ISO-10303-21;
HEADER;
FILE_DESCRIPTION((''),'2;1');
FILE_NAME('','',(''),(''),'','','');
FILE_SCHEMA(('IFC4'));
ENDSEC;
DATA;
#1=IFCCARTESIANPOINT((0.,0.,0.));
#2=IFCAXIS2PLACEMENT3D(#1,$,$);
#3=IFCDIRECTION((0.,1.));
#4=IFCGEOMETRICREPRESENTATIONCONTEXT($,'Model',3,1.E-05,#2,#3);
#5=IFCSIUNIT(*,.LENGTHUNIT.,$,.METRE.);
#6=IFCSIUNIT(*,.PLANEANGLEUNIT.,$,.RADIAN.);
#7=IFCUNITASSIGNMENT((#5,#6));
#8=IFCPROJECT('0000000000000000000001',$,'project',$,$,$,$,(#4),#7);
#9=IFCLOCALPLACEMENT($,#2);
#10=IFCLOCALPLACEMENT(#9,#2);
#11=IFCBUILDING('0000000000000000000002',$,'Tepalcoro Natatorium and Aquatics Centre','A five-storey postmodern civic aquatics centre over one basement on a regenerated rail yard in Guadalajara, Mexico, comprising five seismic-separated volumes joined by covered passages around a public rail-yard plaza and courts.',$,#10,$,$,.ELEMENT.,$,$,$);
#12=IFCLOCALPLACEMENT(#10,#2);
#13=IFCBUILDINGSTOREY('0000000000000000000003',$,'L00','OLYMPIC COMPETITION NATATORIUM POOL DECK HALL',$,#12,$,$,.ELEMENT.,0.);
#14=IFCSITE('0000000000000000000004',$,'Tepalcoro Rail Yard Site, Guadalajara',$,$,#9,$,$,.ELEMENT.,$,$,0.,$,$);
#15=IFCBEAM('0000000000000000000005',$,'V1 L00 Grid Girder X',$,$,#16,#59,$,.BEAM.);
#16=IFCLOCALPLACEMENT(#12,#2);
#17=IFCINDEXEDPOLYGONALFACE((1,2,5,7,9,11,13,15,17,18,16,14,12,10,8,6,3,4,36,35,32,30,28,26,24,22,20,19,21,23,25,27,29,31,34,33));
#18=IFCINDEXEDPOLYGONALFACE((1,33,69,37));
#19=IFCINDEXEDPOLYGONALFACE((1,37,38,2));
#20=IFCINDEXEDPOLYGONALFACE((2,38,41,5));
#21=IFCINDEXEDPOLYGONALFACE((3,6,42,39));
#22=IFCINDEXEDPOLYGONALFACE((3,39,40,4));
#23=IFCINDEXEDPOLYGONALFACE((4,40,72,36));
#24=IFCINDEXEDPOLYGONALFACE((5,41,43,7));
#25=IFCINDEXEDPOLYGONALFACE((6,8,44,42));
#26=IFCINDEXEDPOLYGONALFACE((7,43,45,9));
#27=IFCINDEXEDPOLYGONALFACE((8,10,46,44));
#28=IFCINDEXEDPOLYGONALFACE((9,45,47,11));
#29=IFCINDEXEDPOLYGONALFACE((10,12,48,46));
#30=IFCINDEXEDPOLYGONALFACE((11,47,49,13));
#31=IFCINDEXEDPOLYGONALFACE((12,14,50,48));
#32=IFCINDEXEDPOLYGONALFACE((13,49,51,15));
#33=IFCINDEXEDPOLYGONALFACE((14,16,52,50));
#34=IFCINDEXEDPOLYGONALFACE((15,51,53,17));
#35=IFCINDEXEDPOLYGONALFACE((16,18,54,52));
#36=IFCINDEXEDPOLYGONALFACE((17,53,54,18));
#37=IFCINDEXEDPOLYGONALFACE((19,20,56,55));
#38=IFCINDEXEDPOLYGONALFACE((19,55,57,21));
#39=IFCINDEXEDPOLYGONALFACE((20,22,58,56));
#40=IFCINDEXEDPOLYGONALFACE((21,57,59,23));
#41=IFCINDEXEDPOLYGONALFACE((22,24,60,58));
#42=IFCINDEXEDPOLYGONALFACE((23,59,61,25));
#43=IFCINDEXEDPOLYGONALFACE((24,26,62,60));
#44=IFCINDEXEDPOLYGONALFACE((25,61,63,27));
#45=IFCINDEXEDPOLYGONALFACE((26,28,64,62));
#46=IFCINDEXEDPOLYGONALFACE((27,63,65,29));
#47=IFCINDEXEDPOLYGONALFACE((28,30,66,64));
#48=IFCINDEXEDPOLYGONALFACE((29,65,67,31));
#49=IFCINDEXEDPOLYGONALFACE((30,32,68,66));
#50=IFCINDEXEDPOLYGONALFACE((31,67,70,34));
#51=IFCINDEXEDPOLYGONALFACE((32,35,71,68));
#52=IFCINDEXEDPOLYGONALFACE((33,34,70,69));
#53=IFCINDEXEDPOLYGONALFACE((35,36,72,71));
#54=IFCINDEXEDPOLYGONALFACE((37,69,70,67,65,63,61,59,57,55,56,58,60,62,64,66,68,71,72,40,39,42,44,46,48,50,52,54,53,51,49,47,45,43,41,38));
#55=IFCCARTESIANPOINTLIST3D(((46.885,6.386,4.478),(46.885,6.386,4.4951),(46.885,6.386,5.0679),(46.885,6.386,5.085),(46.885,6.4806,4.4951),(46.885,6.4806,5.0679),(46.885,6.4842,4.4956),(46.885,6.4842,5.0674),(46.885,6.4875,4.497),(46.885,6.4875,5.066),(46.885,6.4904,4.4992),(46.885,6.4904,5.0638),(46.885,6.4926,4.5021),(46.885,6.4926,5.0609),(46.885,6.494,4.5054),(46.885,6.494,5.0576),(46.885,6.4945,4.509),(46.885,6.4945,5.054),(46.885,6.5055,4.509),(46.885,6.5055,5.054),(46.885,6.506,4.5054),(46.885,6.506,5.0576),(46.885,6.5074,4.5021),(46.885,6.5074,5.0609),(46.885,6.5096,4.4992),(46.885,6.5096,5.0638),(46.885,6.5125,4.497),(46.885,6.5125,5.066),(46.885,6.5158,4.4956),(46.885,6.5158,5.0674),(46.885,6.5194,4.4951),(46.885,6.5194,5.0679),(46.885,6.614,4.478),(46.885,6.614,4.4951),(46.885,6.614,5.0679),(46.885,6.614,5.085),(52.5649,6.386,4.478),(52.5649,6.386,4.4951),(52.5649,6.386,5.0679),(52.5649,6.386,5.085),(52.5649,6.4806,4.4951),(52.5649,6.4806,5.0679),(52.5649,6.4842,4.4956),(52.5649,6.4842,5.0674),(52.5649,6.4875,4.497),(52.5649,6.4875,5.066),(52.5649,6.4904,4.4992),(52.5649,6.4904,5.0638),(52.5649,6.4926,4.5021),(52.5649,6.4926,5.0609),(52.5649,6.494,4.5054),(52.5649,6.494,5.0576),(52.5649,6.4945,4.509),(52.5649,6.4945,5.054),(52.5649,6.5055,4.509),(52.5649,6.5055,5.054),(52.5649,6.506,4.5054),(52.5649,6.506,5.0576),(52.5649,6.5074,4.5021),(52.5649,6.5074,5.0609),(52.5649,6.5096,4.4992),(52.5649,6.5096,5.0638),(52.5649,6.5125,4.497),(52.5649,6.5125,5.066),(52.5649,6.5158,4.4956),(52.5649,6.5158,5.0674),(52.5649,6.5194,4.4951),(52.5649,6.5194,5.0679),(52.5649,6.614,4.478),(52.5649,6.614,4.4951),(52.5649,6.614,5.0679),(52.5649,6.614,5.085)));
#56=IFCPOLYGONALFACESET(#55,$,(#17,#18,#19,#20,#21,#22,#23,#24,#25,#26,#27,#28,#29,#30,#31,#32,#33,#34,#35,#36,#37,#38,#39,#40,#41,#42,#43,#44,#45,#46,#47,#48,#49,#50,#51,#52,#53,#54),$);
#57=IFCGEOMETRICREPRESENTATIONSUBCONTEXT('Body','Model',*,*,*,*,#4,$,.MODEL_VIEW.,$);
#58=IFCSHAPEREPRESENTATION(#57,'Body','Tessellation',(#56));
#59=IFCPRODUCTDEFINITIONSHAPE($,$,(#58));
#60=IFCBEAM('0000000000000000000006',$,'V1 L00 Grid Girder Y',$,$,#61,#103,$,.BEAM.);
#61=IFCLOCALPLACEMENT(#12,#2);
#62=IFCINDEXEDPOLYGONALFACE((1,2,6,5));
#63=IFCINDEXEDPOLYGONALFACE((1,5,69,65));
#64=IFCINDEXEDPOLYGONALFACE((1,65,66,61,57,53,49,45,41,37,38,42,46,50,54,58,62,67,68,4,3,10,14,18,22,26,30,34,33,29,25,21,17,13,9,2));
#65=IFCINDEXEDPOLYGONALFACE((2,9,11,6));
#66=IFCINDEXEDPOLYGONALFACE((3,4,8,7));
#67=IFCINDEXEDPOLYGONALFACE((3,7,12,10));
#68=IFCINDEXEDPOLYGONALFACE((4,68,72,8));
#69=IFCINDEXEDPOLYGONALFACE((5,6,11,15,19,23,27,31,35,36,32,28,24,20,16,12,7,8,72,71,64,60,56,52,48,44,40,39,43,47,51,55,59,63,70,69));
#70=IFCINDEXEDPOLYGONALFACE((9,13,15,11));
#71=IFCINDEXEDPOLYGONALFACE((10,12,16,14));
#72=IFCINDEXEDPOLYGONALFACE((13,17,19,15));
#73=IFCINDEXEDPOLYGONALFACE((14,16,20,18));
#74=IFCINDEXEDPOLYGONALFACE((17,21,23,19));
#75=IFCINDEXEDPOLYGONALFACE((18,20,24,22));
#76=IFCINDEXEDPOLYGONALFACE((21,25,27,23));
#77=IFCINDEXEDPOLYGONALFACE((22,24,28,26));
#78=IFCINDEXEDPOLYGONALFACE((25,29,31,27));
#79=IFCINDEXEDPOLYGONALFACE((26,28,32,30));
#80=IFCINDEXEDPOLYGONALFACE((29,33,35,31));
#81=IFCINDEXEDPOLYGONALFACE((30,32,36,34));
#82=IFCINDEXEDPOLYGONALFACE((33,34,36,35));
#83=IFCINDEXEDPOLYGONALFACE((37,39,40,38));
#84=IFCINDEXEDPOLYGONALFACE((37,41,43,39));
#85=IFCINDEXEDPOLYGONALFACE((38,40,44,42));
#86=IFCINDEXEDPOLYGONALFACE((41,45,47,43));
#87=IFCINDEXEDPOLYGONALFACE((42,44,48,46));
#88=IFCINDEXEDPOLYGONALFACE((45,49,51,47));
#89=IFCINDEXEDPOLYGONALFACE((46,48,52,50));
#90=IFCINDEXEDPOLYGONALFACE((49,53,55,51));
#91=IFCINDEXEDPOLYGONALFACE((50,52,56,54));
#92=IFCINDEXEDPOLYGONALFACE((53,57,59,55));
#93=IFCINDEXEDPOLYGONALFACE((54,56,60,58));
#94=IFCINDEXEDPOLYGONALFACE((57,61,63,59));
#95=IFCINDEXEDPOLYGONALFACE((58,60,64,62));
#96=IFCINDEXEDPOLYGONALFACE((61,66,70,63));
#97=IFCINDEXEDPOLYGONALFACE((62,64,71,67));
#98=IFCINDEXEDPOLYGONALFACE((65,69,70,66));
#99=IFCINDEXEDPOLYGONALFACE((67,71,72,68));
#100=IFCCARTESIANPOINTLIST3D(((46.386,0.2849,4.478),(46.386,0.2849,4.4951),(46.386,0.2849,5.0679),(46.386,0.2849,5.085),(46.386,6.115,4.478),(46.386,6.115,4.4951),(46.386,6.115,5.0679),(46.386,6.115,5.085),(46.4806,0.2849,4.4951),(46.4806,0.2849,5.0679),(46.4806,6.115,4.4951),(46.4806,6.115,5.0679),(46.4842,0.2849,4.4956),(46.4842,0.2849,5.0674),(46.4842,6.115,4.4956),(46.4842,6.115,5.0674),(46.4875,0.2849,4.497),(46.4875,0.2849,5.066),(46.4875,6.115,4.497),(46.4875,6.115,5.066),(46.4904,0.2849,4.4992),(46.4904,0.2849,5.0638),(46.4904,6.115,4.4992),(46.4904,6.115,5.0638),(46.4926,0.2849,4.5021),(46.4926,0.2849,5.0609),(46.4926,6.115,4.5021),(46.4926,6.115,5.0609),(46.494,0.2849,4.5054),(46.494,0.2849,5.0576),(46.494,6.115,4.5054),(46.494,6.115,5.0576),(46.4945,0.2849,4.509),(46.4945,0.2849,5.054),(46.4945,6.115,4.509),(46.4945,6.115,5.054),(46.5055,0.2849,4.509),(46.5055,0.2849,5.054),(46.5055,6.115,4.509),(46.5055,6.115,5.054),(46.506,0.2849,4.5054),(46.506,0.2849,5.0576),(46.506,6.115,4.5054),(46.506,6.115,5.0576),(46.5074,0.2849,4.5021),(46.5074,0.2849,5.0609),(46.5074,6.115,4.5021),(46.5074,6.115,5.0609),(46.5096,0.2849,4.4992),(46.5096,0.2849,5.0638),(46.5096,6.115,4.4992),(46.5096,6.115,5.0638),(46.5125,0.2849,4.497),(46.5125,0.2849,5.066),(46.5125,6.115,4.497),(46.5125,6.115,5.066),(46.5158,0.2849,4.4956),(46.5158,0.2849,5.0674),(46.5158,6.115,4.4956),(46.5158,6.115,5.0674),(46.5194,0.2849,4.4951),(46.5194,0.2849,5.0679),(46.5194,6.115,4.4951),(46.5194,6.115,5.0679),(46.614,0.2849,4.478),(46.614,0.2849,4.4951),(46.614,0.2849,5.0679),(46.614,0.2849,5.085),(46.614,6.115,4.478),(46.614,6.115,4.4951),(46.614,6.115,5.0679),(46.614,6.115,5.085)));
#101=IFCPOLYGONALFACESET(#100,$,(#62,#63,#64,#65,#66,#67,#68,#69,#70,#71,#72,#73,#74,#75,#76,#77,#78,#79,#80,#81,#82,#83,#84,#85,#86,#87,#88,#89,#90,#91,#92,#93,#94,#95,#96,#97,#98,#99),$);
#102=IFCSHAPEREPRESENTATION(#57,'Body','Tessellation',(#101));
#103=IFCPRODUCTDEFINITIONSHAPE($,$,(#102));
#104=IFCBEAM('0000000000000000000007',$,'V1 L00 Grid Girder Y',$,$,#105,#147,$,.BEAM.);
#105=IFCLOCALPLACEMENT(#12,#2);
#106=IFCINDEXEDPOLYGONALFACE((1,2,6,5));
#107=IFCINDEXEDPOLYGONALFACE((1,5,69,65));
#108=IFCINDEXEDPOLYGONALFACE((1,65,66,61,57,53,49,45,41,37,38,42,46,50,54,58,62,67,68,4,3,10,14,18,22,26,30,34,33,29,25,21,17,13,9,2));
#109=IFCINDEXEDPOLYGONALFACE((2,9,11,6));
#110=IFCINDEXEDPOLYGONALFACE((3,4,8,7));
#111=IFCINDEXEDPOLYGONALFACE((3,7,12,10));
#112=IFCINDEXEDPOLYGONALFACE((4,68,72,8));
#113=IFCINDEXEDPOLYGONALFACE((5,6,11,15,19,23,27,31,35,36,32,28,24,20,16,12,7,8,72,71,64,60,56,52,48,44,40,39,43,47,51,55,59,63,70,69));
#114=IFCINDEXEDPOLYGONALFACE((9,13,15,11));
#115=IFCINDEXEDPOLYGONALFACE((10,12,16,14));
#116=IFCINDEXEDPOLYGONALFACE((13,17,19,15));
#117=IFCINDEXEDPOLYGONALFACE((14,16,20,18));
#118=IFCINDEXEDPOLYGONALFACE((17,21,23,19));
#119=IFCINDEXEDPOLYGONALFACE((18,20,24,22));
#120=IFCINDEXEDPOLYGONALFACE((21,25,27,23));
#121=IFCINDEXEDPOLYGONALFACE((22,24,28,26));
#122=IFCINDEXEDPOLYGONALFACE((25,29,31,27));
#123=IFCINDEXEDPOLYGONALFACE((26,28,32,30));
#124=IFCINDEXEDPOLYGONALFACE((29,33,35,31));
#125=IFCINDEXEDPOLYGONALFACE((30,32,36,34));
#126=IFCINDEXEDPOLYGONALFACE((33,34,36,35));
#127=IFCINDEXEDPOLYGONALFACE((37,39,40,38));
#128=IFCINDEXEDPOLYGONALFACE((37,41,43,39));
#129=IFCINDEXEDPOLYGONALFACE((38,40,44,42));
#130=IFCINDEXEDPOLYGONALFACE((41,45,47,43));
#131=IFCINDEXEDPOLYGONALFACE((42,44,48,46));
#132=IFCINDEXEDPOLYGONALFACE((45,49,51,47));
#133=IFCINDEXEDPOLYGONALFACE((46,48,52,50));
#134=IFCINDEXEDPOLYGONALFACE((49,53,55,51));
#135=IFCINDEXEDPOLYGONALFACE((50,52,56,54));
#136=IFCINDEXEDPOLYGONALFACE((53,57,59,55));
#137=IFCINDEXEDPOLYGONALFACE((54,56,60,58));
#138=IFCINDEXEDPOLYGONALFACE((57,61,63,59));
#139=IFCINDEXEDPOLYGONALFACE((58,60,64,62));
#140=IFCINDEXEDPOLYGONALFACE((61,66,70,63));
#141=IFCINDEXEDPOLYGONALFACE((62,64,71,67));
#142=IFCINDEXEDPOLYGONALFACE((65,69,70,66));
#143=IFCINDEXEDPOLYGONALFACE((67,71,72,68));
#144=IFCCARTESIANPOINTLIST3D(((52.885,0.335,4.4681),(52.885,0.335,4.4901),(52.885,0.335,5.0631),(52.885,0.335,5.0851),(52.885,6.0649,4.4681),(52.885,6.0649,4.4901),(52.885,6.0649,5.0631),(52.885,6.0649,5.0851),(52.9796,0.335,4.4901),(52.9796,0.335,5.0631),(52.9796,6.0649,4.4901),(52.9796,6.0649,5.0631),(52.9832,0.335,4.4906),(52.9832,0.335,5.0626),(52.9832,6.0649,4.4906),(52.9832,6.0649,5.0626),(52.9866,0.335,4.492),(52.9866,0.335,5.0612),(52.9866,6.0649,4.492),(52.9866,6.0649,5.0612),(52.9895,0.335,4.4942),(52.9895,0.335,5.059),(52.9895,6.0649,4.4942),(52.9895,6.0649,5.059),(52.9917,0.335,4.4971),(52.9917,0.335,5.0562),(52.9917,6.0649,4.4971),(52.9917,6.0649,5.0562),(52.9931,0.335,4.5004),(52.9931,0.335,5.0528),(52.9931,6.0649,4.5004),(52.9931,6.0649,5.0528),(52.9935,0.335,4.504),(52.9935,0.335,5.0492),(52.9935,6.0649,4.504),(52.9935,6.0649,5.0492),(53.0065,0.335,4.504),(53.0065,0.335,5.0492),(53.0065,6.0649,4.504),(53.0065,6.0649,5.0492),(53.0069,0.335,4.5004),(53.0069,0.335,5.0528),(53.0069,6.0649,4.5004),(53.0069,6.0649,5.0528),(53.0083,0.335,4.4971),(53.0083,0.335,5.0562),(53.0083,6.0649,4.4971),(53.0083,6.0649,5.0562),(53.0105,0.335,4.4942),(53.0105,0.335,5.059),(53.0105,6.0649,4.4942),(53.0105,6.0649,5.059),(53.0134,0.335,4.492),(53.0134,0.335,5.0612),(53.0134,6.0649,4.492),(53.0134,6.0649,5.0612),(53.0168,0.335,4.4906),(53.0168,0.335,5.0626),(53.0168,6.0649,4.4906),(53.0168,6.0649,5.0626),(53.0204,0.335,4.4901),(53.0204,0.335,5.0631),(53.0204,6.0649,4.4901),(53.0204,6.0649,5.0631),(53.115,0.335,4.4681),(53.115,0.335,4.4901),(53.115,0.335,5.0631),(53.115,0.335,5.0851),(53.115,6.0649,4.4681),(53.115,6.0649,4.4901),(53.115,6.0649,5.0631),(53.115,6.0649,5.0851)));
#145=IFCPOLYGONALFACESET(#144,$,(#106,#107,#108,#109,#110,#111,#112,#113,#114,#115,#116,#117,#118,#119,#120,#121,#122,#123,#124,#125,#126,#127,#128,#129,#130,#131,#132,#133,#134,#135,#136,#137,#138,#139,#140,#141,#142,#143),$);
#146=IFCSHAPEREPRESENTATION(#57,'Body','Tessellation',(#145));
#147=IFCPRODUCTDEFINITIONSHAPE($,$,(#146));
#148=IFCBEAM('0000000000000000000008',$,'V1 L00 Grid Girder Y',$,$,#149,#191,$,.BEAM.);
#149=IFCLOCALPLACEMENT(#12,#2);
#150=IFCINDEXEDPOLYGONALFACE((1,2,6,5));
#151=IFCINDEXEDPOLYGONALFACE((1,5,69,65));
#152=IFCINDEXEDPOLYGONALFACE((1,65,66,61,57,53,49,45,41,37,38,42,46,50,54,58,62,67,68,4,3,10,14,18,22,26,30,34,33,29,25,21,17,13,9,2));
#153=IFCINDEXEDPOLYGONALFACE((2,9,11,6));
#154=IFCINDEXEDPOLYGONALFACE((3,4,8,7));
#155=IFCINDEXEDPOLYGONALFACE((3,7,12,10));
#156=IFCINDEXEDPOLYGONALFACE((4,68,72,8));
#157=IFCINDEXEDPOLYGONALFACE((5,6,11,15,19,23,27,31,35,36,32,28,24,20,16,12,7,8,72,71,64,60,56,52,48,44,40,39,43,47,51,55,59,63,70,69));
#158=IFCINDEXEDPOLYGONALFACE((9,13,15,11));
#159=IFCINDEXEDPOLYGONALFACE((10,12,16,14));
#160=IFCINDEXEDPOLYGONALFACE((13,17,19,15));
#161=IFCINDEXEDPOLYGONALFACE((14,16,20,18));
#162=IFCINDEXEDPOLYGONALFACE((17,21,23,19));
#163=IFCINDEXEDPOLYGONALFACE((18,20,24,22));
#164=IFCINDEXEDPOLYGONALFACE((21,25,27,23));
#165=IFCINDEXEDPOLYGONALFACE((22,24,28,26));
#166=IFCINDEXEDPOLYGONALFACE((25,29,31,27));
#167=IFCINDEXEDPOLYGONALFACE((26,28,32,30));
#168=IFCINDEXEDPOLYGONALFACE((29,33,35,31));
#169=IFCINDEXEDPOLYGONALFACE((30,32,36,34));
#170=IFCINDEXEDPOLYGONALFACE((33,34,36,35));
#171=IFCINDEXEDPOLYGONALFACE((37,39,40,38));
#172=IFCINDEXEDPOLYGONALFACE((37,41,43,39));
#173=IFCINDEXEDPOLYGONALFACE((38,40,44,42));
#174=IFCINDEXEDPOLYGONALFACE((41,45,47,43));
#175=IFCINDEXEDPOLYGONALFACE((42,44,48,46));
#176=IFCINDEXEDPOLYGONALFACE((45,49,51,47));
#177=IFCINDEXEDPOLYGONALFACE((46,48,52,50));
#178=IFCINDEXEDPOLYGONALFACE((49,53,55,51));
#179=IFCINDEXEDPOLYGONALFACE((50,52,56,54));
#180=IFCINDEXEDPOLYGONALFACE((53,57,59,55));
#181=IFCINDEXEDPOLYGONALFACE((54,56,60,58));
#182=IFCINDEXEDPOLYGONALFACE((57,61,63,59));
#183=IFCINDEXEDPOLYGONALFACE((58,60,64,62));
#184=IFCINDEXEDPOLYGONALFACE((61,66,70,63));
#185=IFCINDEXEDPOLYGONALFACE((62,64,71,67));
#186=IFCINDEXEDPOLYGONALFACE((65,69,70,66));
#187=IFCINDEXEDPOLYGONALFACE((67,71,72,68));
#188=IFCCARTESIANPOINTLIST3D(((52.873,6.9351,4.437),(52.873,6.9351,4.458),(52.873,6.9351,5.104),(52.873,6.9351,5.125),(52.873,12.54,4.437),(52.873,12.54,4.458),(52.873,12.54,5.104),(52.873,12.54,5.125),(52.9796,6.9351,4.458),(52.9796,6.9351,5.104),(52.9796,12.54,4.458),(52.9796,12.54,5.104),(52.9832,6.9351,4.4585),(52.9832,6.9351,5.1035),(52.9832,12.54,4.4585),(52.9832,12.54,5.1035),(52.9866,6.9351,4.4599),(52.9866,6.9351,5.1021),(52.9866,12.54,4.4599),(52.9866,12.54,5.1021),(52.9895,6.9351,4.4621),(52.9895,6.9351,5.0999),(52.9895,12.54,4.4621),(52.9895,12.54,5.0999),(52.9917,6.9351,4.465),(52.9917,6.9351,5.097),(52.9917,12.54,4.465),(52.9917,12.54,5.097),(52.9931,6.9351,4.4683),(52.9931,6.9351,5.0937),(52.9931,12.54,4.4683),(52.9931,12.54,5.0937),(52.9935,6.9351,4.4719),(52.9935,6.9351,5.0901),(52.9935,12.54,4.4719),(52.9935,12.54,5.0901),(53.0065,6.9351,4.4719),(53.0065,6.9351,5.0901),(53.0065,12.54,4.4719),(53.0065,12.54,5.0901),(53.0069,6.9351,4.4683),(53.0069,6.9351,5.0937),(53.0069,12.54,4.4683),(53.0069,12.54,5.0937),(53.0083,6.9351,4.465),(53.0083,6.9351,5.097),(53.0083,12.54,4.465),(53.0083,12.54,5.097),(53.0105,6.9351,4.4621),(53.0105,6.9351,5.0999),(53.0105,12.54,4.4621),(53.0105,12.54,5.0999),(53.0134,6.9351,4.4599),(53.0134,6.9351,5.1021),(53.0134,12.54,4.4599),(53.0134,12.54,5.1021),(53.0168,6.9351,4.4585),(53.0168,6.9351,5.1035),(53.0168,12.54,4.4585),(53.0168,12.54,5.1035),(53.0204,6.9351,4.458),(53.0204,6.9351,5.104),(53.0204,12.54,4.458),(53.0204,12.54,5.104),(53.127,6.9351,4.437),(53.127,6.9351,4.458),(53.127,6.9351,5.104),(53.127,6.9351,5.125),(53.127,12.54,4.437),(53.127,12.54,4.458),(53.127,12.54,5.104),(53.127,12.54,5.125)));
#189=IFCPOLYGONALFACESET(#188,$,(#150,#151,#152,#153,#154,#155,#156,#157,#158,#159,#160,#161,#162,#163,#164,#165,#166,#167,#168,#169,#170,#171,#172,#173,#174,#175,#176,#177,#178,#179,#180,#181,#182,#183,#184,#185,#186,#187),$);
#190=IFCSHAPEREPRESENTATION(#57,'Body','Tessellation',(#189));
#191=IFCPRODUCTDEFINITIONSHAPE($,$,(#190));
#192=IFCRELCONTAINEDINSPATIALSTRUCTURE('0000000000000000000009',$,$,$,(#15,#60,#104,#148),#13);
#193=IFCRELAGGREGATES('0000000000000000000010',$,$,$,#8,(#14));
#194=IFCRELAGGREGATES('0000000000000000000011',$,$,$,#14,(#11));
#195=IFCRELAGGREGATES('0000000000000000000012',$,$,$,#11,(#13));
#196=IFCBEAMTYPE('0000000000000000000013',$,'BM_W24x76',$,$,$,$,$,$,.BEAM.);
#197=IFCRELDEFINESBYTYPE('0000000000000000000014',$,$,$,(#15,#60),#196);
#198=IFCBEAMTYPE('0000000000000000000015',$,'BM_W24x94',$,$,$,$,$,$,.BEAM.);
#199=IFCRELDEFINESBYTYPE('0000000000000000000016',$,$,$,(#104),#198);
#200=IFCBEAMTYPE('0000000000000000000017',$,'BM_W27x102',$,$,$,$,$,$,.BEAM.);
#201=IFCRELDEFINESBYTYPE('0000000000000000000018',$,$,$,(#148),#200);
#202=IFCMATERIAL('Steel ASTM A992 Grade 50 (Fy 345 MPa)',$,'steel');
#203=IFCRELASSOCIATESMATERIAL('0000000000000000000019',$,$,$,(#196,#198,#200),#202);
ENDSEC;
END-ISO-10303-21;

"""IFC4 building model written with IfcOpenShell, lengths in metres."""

from ifc_helpers import new_model, si_unit, direction, frame, origin, origin_2d, place, context, subcontext, project, spatial, i_section, extrude, material, material_profile, profile_set, type_object, element, save


model = new_model("IFC4")

# Units and contexts
model_context = context("Model", 3, precision=1e-05, world=origin(), true_north=direction((0.0, 1.0)))
body_context = subcontext(model_context, "Body", "Model", "MODEL_VIEW")
ifc_project = project(units=[si_unit("LENGTHUNIT", "METRE"), si_unit("PLANEANGLEUNIT", "RADIAN")], contexts=[model_context])

# Site, building, storey
site_placement = place(None, origin())
site = spatial("IfcSite", under=ifc_project, at=site_placement, Name="Tepalcoro Rail Yard Site, Guadalajara", CompositionType="ELEMENT", RefElevation=0.0)
building_placement = place(site_placement, origin())
building = spatial("IfcBuilding", under=site, at=building_placement, Name="Tepalcoro Natatorium and Aquatics Centre", Description="A five-storey postmodern civic aquatics centre over one basement on a regenerated rail yard in Guadalajara, Mexico, comprising five seismic-separated volumes joined by covered passages around a public rail-yard plaza and courts.", CompositionType="ELEMENT")
storey_placement = place(building_placement, origin())
storey = spatial("IfcBuildingStorey", under=building, at=storey_placement, Name="L00", Description="OLYMPIC COMPETITION NATATORIUM POOL DECK HALL", CompositionType="ELEMENT", Elevation=0.0)

# Beams
ifc_material_1 = material(Name="Steel ASTM A992 Grade 50 (Fy 345 MPa)", Category="steel")
ifc_material_profile_1 = material_profile(ifc_material_1, i_section(OverallWidth=0.228, OverallDepth=0.6069, WebThickness=0.011, FlangeThickness=0.0171, FilletRadius=0.0139, at=origin_2d()), Name="W24X76")
ifc_profile_set_1 = profile_set([ifc_material_profile_1], Name="Steel ASTM A992 Grade 50 (Fy 345 MPa)")
beam_type_1 = type_object("IfcBeamType", Name="BM_W24x76", PredefinedType="BEAM", material=ifc_profile_set_1)
beam_1_placement = place(storey_placement, frame((46.885, 6.5, 4.7815), z_axis=(1.0, 0.0, 0.0), x_axis=(0.0, 1.0, 0.0)))
element("IfcBeam", 1, at=beam_1_placement, inside=storey, type_object=beam_type_1, Name="V1 L00 Grid Girder X", PredefinedType="BEAM", context=body_context, shape_type="SweptSolid", body=[
    extrude(i_section(OverallWidth=0.228, OverallDepth=0.6069, WebThickness=0.011, FlangeThickness=0.0171, FilletRadius=0.0139, at=origin_2d()), origin(), (0.0, 0.0, 1.0), 5.6799),
])
beam_2_placement = place(storey_placement, frame((46.5, 0.2849, 4.7815), z_axis=(0.0, 1.0, 0.0), x_axis=(-1.0, 0.0, 0.0)))
element("IfcBeam", 2, at=beam_2_placement, inside=storey, type_object=beam_type_1, Name="V1 L00 Grid Girder Y", PredefinedType="BEAM", context=body_context, shape_type="SweptSolid", body=[
    extrude(i_section(OverallWidth=0.228, OverallDepth=0.6069, WebThickness=0.011, FlangeThickness=0.0171, FilletRadius=0.0139, at=origin_2d()), origin(), (0.0, 0.0, 1.0), 5.8301),
])
ifc_material_profile_2 = material_profile(ifc_material_1, i_section(OverallWidth=0.23, OverallDepth=0.6169, WebThickness=0.0129, FlangeThickness=0.022, FilletRadius=0.0139, at=origin_2d()), Name="W24X94")
ifc_profile_set_2 = profile_set([ifc_material_profile_2], Name="Steel ASTM A992 Grade 50 (Fy 345 MPa)")
beam_type_2 = type_object("IfcBeamType", Name="BM_W24x94", PredefinedType="BEAM", material=ifc_profile_set_2)
beam_3_placement = place(storey_placement, frame((53.0, 0.335, 4.7766), z_axis=(0.0, 1.0, 0.0), x_axis=(-1.0, 0.0, 0.0)))
element("IfcBeam", 3, at=beam_3_placement, inside=storey, type_object=beam_type_2, Name="V1 L00 Grid Girder Y", PredefinedType="BEAM", context=body_context, shape_type="SweptSolid", body=[
    extrude(i_section(OverallWidth=0.23, OverallDepth=0.6169, WebThickness=0.0129, FlangeThickness=0.022, FilletRadius=0.0139, at=origin_2d()), origin(), (0.0, 0.0, 1.0), 5.73),
])
ifc_material_profile_3 = material_profile(ifc_material_1, i_section(OverallWidth=0.2539, OverallDepth=0.688, WebThickness=0.0129, FlangeThickness=0.021, FilletRadius=0.0139, at=origin_2d()), Name="W27X102")
ifc_profile_set_3 = profile_set([ifc_material_profile_3], Name="Steel ASTM A992 Grade 50 (Fy 345 MPa)")
beam_type_3 = type_object("IfcBeamType", Name="BM_W27x102", PredefinedType="BEAM", material=ifc_profile_set_3)
beam_4_placement = place(storey_placement, frame((53.0, 6.9351, 4.781), z_axis=(0.0, 1.0, 0.0), x_axis=(-1.0, 0.0, 0.0)))
element("IfcBeam", 4, at=beam_4_placement, inside=storey, type_object=beam_type_3, Name="V1 L00 Grid Girder Y", PredefinedType="BEAM", context=body_context, shape_type="SweptSolid", body=[
    extrude(i_section(OverallWidth=0.2539, OverallDepth=0.688, WebThickness=0.0129, FlangeThickness=0.021, FilletRadius=0.0139, at=origin_2d()), origin(), (0.0, 0.0, 1.0), 5.605),
])

save(model, "model.ifc")
